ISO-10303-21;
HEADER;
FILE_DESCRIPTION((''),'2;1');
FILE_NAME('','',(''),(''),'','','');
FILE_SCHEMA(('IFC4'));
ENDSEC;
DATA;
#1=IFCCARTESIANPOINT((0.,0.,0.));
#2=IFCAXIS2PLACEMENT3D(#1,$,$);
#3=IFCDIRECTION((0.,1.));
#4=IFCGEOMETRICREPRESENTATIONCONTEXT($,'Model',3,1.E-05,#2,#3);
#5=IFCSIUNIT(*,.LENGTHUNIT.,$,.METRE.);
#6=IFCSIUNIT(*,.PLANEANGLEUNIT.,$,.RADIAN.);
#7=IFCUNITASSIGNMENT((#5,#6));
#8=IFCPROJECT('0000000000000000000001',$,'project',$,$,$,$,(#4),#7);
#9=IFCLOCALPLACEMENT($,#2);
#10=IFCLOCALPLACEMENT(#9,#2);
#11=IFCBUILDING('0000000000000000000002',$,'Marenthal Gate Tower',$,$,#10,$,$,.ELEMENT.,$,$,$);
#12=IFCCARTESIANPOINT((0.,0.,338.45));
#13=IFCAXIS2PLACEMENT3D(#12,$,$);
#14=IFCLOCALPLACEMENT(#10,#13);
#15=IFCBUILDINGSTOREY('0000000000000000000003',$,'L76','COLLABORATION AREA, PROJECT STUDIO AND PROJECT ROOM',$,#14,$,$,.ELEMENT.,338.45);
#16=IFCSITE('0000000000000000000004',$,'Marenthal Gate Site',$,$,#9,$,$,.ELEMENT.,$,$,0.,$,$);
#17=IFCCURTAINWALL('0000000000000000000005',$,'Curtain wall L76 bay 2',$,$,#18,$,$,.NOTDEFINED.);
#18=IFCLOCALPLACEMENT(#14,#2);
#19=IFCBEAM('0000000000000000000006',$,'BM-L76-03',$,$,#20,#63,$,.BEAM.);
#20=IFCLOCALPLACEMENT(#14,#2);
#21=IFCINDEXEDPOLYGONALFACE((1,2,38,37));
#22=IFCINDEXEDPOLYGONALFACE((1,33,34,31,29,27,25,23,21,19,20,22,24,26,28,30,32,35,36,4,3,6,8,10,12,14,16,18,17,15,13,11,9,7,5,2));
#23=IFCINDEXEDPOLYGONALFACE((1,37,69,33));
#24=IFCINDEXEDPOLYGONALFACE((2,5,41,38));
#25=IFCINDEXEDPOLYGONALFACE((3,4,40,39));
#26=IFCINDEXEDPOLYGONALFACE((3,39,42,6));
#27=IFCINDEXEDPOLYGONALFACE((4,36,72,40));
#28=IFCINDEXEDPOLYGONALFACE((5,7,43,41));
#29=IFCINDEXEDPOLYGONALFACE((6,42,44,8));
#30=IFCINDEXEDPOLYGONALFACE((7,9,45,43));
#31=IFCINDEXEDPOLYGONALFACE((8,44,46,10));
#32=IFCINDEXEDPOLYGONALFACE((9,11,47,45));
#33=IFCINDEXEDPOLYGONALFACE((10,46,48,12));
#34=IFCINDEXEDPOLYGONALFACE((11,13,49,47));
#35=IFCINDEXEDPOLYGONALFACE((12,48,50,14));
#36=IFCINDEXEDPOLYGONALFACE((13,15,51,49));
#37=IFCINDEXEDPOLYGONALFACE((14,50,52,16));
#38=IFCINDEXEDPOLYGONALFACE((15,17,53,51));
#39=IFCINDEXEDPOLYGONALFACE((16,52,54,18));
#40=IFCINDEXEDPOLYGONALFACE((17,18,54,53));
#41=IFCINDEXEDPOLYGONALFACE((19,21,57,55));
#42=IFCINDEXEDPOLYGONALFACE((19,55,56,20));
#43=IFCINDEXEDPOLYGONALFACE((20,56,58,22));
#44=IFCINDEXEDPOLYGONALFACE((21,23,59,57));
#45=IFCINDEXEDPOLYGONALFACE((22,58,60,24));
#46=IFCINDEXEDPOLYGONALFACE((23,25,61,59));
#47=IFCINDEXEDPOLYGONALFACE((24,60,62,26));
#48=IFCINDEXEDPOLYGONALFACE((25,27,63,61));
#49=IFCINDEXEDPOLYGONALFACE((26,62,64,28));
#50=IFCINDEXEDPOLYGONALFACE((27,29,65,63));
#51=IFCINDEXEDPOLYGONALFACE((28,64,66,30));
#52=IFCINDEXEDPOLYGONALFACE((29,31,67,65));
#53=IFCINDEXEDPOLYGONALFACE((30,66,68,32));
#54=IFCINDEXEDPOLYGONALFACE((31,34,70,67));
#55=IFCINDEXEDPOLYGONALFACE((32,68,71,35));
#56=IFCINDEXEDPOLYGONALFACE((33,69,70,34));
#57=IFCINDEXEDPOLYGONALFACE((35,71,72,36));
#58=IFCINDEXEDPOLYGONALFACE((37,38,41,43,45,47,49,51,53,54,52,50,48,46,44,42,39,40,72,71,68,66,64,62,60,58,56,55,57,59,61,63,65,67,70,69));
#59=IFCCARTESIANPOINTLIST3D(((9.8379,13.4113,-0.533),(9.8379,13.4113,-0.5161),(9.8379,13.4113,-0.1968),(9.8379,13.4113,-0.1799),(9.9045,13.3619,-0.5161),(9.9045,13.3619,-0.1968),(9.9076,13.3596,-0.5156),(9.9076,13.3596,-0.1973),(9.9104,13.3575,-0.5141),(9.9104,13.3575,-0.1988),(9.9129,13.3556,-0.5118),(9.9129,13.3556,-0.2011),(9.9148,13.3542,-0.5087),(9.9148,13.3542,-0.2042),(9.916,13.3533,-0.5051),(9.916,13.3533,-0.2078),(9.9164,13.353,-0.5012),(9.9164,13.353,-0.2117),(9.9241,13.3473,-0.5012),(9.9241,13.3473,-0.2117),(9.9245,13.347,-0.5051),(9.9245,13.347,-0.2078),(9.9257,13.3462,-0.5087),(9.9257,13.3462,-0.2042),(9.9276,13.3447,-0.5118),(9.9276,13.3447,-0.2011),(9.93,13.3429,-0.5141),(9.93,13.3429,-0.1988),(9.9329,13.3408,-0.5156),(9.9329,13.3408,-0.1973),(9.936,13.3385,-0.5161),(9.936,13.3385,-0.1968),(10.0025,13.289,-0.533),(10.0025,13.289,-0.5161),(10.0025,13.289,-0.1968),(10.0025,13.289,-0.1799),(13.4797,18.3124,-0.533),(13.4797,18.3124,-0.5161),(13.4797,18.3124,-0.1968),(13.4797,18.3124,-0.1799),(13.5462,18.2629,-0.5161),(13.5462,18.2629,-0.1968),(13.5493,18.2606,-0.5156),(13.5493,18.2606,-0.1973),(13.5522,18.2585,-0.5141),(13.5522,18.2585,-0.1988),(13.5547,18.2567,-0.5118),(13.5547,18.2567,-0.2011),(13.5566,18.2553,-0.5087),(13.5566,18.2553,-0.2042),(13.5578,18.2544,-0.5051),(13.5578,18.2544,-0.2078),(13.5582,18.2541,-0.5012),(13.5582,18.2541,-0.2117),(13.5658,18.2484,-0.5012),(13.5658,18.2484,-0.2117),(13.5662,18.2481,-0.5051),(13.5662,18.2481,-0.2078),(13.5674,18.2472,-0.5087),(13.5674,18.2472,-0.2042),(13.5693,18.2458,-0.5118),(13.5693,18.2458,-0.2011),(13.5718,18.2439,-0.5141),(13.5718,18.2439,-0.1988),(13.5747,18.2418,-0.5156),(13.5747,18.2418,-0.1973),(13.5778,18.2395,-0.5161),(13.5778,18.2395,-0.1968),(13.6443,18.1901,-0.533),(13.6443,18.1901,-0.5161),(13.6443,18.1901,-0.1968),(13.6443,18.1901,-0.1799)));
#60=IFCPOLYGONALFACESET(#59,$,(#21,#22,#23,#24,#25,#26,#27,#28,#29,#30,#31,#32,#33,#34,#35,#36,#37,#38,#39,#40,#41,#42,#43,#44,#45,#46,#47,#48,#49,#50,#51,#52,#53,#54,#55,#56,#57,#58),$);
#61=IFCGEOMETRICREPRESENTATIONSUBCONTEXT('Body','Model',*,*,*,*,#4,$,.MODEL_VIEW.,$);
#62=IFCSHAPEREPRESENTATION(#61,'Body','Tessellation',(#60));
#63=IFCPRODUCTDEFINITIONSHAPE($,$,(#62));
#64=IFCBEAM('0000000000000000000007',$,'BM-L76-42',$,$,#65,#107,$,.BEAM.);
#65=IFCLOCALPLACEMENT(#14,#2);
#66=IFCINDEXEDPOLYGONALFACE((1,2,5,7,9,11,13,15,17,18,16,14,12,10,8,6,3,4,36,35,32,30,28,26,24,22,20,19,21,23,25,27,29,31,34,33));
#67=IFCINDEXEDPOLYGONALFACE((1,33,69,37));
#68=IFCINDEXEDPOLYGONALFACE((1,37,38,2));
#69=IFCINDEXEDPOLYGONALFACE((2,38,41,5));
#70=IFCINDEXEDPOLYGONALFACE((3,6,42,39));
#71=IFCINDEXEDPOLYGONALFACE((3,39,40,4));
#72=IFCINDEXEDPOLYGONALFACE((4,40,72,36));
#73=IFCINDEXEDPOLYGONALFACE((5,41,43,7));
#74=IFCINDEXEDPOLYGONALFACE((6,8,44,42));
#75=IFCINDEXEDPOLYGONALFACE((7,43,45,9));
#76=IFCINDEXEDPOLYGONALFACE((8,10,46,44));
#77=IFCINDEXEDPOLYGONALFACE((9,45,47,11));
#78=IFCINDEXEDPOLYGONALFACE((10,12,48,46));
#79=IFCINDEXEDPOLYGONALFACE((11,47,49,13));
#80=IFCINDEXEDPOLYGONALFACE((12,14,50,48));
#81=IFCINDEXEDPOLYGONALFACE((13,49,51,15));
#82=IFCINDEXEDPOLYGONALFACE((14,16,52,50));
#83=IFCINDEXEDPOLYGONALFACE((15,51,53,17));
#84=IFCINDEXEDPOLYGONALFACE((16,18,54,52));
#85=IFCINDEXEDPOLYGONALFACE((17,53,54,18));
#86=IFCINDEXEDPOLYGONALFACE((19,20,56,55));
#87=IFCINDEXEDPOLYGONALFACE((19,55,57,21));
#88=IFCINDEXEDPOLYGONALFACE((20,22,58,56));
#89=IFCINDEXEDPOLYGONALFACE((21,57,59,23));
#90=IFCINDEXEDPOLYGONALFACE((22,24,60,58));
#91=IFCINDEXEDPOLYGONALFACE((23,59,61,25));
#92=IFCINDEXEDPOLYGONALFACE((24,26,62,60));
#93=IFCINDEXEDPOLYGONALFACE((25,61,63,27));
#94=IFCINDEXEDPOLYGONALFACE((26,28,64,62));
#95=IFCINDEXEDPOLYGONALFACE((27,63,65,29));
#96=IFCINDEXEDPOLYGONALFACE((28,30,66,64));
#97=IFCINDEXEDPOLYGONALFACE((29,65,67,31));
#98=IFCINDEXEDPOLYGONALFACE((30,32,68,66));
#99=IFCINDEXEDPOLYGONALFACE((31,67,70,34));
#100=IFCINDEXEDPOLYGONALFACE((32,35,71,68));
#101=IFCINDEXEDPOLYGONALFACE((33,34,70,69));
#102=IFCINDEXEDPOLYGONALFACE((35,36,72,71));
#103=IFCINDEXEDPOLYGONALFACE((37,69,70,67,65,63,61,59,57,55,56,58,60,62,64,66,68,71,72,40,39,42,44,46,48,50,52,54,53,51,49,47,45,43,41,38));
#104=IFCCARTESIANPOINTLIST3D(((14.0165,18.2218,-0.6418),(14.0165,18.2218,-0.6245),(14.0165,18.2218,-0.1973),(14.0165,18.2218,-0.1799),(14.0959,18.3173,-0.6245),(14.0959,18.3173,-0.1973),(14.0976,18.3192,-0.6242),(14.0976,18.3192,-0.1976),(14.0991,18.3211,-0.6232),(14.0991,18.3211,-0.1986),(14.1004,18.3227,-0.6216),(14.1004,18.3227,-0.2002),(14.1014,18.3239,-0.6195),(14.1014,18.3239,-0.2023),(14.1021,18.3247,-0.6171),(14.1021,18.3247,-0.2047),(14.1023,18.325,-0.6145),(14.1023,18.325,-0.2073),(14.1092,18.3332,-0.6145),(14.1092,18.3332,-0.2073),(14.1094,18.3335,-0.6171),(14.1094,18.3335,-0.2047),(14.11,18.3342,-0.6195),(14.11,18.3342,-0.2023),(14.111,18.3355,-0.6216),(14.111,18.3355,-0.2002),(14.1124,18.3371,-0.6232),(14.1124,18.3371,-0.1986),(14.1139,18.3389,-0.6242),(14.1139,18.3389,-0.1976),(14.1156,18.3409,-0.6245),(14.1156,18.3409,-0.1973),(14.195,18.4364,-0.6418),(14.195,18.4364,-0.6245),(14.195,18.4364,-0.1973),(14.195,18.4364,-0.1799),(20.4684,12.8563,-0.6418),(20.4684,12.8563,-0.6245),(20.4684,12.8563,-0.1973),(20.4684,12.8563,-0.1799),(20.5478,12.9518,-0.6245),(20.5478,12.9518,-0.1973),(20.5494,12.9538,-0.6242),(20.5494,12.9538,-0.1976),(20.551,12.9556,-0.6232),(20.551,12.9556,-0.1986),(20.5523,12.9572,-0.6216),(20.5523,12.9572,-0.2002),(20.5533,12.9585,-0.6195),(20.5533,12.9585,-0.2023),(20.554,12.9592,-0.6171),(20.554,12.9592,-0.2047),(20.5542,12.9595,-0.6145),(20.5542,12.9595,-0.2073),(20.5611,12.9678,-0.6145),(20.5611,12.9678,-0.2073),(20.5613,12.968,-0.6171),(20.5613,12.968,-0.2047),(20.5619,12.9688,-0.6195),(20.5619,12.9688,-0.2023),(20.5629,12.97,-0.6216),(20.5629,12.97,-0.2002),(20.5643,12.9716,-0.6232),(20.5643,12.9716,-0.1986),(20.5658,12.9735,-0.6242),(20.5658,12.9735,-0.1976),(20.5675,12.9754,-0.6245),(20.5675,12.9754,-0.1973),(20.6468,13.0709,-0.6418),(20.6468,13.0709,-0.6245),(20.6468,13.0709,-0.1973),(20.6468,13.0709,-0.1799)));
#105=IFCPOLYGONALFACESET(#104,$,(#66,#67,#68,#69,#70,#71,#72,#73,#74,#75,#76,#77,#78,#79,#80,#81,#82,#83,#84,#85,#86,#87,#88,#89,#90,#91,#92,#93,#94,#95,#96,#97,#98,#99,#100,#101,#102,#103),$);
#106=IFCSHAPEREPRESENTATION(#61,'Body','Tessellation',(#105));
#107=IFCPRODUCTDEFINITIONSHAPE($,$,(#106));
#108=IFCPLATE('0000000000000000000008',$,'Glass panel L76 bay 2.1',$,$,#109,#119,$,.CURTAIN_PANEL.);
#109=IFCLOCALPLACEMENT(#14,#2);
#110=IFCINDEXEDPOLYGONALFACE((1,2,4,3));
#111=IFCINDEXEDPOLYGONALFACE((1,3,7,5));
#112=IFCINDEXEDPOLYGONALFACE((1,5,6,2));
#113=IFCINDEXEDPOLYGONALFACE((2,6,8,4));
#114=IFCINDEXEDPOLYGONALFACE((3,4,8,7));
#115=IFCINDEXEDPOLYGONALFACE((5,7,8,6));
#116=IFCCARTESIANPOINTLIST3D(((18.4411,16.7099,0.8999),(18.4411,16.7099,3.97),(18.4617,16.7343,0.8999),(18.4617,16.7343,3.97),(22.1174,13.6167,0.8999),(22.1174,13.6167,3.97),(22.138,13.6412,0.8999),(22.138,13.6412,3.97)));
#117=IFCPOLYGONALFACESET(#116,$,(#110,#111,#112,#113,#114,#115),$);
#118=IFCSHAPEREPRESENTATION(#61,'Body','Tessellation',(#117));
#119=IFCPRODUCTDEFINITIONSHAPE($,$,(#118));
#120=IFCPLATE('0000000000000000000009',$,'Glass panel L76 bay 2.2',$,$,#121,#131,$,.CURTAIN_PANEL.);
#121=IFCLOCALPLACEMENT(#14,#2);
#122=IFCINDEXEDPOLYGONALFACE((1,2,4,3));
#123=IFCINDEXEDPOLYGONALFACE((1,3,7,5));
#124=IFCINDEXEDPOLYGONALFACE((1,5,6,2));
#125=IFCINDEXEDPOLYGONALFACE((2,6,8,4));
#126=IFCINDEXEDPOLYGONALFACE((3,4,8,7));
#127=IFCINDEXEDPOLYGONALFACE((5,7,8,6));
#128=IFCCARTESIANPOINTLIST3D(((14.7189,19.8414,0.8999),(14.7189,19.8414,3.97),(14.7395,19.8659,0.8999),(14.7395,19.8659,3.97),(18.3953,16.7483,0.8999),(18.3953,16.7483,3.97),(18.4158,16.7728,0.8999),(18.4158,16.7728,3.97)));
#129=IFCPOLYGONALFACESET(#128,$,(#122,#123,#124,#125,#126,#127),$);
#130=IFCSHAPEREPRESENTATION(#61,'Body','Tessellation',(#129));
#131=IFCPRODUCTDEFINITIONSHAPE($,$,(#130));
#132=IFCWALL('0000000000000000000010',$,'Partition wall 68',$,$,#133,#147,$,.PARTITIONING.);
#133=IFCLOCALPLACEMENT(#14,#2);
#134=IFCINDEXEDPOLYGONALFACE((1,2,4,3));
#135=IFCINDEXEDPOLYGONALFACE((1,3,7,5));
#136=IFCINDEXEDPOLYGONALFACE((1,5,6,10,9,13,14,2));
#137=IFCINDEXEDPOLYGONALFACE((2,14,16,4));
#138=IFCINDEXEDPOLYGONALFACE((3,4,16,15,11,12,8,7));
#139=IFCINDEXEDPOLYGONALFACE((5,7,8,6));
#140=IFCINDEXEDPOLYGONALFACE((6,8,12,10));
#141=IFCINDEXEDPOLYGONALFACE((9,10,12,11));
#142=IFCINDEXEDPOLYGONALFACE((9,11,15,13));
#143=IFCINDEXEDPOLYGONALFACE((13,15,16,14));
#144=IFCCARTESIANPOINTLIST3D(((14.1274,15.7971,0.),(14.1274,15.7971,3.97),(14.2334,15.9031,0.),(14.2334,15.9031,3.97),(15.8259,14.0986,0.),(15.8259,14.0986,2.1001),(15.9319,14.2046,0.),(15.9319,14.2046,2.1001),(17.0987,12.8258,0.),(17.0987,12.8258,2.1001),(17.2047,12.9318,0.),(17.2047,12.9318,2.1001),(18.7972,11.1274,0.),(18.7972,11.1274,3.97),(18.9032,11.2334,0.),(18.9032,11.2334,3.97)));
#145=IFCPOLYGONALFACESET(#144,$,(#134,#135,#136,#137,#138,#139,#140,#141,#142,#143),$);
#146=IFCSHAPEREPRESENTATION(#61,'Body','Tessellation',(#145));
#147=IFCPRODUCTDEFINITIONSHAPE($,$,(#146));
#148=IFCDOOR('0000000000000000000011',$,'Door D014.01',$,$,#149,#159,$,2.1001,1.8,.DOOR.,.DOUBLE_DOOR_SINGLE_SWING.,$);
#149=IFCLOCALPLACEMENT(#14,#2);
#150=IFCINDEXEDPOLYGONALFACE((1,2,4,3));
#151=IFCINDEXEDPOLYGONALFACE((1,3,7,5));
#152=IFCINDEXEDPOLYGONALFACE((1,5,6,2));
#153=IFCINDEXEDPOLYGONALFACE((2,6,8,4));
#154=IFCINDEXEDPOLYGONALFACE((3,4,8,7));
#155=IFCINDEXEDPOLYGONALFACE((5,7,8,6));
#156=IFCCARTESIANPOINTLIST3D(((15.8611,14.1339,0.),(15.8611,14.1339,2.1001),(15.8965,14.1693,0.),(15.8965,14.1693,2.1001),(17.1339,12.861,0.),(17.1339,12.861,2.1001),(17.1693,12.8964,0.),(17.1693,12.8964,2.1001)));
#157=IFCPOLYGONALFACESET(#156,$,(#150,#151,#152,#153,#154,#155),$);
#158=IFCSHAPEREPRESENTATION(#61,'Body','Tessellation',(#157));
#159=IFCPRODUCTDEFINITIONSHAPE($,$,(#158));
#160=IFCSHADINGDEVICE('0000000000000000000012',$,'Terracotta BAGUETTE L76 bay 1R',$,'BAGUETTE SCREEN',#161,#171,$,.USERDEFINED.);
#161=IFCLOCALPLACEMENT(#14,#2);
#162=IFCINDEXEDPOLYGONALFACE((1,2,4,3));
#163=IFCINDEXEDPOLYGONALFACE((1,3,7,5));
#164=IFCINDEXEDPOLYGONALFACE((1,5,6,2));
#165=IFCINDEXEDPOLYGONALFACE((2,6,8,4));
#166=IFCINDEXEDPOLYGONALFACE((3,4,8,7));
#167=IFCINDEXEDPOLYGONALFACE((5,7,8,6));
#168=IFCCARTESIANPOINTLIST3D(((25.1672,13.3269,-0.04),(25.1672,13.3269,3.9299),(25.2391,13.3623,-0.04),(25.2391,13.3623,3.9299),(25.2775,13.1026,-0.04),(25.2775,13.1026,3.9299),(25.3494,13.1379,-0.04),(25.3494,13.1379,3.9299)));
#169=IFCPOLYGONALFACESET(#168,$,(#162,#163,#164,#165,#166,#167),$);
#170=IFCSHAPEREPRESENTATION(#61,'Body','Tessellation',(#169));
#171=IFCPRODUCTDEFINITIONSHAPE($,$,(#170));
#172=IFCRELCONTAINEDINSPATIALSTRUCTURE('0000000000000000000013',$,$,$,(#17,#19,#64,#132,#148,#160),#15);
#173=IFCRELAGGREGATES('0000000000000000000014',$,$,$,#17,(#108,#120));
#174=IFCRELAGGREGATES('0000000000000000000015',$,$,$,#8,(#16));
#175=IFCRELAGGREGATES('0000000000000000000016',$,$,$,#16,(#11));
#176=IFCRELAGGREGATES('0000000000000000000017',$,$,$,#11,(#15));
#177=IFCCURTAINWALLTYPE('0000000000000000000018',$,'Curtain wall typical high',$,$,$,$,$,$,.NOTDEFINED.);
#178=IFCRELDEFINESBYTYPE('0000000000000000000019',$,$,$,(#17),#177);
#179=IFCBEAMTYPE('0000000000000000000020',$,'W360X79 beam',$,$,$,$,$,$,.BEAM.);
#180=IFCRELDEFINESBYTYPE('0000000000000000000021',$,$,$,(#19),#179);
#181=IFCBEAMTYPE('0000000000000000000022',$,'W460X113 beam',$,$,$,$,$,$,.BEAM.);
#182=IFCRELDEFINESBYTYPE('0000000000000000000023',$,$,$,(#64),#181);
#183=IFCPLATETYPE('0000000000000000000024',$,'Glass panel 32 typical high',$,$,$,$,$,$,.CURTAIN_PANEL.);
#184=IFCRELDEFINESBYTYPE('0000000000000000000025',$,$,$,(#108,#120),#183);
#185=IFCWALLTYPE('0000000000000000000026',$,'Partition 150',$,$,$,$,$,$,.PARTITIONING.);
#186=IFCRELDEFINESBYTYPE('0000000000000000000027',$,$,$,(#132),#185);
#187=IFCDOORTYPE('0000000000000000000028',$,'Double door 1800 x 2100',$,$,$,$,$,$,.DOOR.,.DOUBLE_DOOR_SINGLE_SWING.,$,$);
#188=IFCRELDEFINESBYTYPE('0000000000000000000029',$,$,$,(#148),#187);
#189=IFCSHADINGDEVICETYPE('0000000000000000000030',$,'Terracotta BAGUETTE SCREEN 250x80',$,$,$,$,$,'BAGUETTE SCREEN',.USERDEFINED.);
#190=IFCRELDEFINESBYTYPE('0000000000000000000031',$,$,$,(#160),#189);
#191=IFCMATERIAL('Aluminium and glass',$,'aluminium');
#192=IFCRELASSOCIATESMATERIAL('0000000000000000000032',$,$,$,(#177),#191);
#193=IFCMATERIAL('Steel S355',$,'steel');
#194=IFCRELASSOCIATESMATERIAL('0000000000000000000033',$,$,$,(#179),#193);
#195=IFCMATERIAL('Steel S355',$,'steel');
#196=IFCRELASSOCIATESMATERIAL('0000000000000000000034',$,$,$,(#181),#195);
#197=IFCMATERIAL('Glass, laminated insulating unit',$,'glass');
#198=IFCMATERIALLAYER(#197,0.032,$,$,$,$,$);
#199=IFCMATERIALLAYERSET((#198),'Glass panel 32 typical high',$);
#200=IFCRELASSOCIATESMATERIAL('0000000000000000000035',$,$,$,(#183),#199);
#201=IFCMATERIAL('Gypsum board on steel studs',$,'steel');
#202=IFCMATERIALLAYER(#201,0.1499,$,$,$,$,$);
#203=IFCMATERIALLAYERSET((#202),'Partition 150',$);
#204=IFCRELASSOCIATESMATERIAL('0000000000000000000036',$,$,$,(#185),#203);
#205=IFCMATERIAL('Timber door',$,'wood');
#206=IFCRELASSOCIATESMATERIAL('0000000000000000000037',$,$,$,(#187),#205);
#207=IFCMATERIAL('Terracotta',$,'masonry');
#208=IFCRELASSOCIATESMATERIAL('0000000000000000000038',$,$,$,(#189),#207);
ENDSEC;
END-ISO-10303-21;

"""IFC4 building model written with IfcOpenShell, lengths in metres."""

from ifc_helpers import new_model, si_unit, direction, frame, frame_2d, origin, origin_2d, place, context, subcontext, project, spatial, rectangle, i_section, extrude, material, layer, layer_set, material_profile, profile_set, type_object, element, fill, aggregate, save


model = new_model("IFC4")

# Units and contexts
model_context = context("Model", 3, precision=1e-05, world=origin(), true_north=direction((0.0, 1.0)))
body_context = subcontext(model_context, "Body", "Model", "MODEL_VIEW")
ifc_project = project(units=[si_unit("LENGTHUNIT", "METRE"), si_unit("PLANEANGLEUNIT", "RADIAN")], contexts=[model_context])

# Site, building, storey
site_placement = place(None, origin())
site = spatial("IfcSite", under=ifc_project, at=site_placement, Name="Marenthal Gate Site", CompositionType="ELEMENT", RefElevation=0.0)
building_placement = place(site_placement, origin())
building = spatial("IfcBuilding", under=site, at=building_placement, Name="Marenthal Gate Tower", CompositionType="ELEMENT")
storey_placement = place(building_placement, frame((0.0, 0.0, 338.45)))
storey = spatial("IfcBuildingStorey", under=building, at=storey_placement, Name="L76", Description="COLLABORATION AREA, PROJECT STUDIO AND PROJECT ROOM", CompositionType="ELEMENT", Elevation=338.45)

# Curtain wall
ifc_material_1 = material(Name="Aluminium and glass", Category="aluminium")
curtain_wall_type = type_object("IfcCurtainWallType", Name="Curtain wall typical high", PredefinedType="NOTDEFINED", material=ifc_material_1)
curtain_wall_placement = place(storey_placement, origin())
curtain_wall = element("IfcCurtainWall", 1, at=curtain_wall_placement, inside=storey, type_object=curtain_wall_type, Name="Curtain wall L76 bay 2", PredefinedType="NOTDEFINED")

# Beams
ifc_material_2 = material(Name="Steel S355", Category="steel")
ifc_material_profile_1 = material_profile(ifc_material_2, i_section(OverallWidth=0.2051, OverallDepth=0.353, WebThickness=0.0095, FlangeThickness=0.0168, FilletRadius=0.0149, at=origin_2d()), Name="W360X79")
ifc_profile_set_1 = profile_set([ifc_material_profile_1], Name="Steel S355")
beam_type_1 = type_object("IfcBeamType", Name="W360X79 beam", PredefinedType="BEAM", material=ifc_profile_set_1)
beam_1_placement = place(storey_placement, frame((13.562, 18.2512, -0.3564), z_axis=(-0.596431, -0.802665, 0.0), x_axis=(0.802665, -0.596431, 0.0)))
element("IfcBeam", 2, at=beam_1_placement, inside=storey, type_object=beam_type_1, Name="BM-L76-03", PredefinedType="BEAM", context=body_context, shape_type="SweptSolid", body=[
    extrude(i_section(OverallWidth=0.2051, OverallDepth=0.353, WebThickness=0.0095, FlangeThickness=0.0168, FilletRadius=0.0149, at=origin_2d()), origin(), (0.0, 0.0, 1.0), 6.106),
])
ifc_material_3 = material(Name="Steel S355", Category="steel")
ifc_material_profile_2 = material_profile(ifc_material_3, i_section(OverallWidth=0.2791, OverallDepth=0.4619, WebThickness=0.0107, FlangeThickness=0.0173, FilletRadius=0.01, at=origin_2d()), Name="W460X113")
ifc_profile_set_2 = profile_set([ifc_material_profile_2], Name="Steel S355")
beam_type_2 = type_object("IfcBeamType", Name="W460X113 beam", PredefinedType="BEAM", material=ifc_profile_set_2)
beam_2_placement = place(storey_placement, frame((20.5576, 12.9636, -0.4109), z_axis=(-0.768872, 0.639403, 0.0), x_axis=(-0.639403, -0.768872, 0.0)))
element("IfcBeam", 3, at=beam_2_placement, inside=storey, type_object=beam_type_2, Name="BM-L76-42", PredefinedType="BEAM", context=body_context, shape_type="SweptSolid", body=[
    extrude(i_section(OverallWidth=0.2791, OverallDepth=0.4619, WebThickness=0.0107, FlangeThickness=0.0173, FilletRadius=0.01, at=origin_2d()), origin(), (0.0, 0.0, 1.0), 8.3914),
])

# Plates
ifc_material_4 = material(Name="Glass, laminated insulating unit", Category="glass")
ifc_layer_1 = layer(ifc_material_4, 0.032)
ifc_layer_set_1 = layer_set([ifc_layer_1], Name="Glass panel 32 typical high")
plate_type = type_object("IfcPlateType", Name="Glass panel 32 typical high", PredefinedType="CURTAIN_PANEL", material=ifc_layer_set_1)
plate_1_placement = place(storey_placement, frame((20.2896, 15.1755, 0.8999), z_axis=(0.0, 0.0, 1.0), x_axis=(-0.765193, 0.643801, 0.0)))
plate_1 = element("IfcPlate", 4, at=plate_1_placement, type_object=plate_type, Name="Glass panel L76 bay 2.1", PredefinedType="CURTAIN_PANEL", context=body_context, shape_type="SweptSolid", body=[
    extrude(rectangle(XDim=4.8044, YDim=0.032, at=origin_2d()), origin(), (0.0, 0.0, 1.0), 3.0701),
])
plate_2_placement = place(storey_placement, frame((16.5674, 18.3071, 0.8999), z_axis=(0.0, 0.0, 1.0), x_axis=(-0.765193, 0.643801, 0.0)))
plate_2 = element("IfcPlate", 5, at=plate_2_placement, type_object=plate_type, Name="Glass panel L76 bay 2.2", PredefinedType="CURTAIN_PANEL", context=body_context, shape_type="SweptSolid", body=[
    extrude(rectangle(XDim=4.8044, YDim=0.032, at=origin_2d()), origin(), (0.0, 0.0, 1.0), 3.0701),
])
aggregate(curtain_wall, [plate_1, plate_2])

# Wall, opening, door
ifc_material_5 = material(Name="Gypsum board on steel studs", Category="steel")
ifc_layer_2 = layer(ifc_material_5, 0.1499)
ifc_layer_set_2 = layer_set([ifc_layer_2], Name="Partition 150")
wall_type_1 = type_object("IfcWallType", Name="Partition 150", PredefinedType="PARTITIONING", material=ifc_layer_set_2)
wall_1_placement = place(storey_placement, frame((14.1804, 15.8501, 0.0), z_axis=(0.0, 0.0, 1.0), x_axis=(0.707107, -0.707107, 0.0)))
wall_1 = element("IfcWall", 6, at=wall_1_placement, inside=storey, type_object=wall_type_1, Name="Partition wall 68", PredefinedType="PARTITIONING", context=body_context, shape_type="SweptSolid", body=[
    extrude(rectangle(XDim=6.604, YDim=0.1499, at=frame_2d((3.302, 0.0))), origin(), (0.0, 0.0, 1.0), 3.97),
])
opening_1_placement = place(wall_1_placement, frame((2.4021, 0.0, 0.0)))
opening_1 = element("IfcOpeningElement", 7, at=opening_1_placement, cuts=wall_1, PredefinedType="OPENING", context=body_context, shape_type="SweptSolid", body=[
    extrude(rectangle(XDim=1.8, YDim=2.1001, at=frame_2d((0.8999, 1.05))), frame((0.0, 0.085, 0.0), z_axis=(0.0, -1.0, 0.0), x_axis=(1.0, 0.0, 0.0)), (0.0, 0.0, 1.0), 0.1699),
])
ifc_material_6 = material(Name="Timber door", Category="wood")
door_type_1 = type_object("IfcDoorType", Name="Double door 1800 x 2100", OperationType="DOUBLE_DOOR_SINGLE_SWING", PredefinedType="DOOR", material=ifc_material_6)
door_1_placement = place(opening_1_placement, origin())
door_1 = element("IfcDoor", 8, at=door_1_placement, inside=storey, type_object=door_type_1, Name="Door D014.01", OperationType="DOUBLE_DOOR_SINGLE_SWING", OverallHeight=2.1001, OverallWidth=1.8, PredefinedType="DOOR", context=body_context, shape_type="SweptSolid", body=[
    extrude(rectangle(XDim=1.8, YDim=2.1001, at=frame_2d((0.8999, 1.05))), frame((0.0, 0.0249, 0.0), z_axis=(0.0, -1.0, 0.0), x_axis=(1.0, 0.0, 0.0)), (0.0, 0.0, 1.0), 0.05),
])
fill(opening_1, door_1)

# Shading device
ifc_material_7 = material(Name="Terracotta", Category="masonry")
ifc_material_profile_3 = material_profile(ifc_material_7, rectangle(XDim=0.25, YDim=0.0801, at=origin_2d()), Name="Terracotta baguette 250x80")
ifc_profile_set_3 = profile_set([ifc_material_profile_3], Name="Terracotta")
shading_device_type = type_object("IfcShadingDeviceType", Name="Terracotta BAGUETTE SCREEN 250x80", ElementType="BAGUETTE SCREEN", PredefinedType="USERDEFINED", material=ifc_profile_set_3)
shading_device_placement = place(storey_placement, frame((25.2583, 13.2324, -0.04), z_axis=(0.0, 0.0, 1.0), x_axis=(-0.441298, 0.897361, 0.0)))
element("IfcShadingDevice", 9, at=shading_device_placement, inside=storey, type_object=shading_device_type, Name="Terracotta BAGUETTE L76 bay 1R", ObjectType="BAGUETTE SCREEN", PredefinedType="USERDEFINED", context=body_context, shape_type="SweptSolid", body=[
    extrude(rectangle(XDim=0.25, YDim=0.0801, at=origin_2d()), origin(), (0.0, 0.0, 1.0), 3.97),
])

save(model, "model.ifc")
